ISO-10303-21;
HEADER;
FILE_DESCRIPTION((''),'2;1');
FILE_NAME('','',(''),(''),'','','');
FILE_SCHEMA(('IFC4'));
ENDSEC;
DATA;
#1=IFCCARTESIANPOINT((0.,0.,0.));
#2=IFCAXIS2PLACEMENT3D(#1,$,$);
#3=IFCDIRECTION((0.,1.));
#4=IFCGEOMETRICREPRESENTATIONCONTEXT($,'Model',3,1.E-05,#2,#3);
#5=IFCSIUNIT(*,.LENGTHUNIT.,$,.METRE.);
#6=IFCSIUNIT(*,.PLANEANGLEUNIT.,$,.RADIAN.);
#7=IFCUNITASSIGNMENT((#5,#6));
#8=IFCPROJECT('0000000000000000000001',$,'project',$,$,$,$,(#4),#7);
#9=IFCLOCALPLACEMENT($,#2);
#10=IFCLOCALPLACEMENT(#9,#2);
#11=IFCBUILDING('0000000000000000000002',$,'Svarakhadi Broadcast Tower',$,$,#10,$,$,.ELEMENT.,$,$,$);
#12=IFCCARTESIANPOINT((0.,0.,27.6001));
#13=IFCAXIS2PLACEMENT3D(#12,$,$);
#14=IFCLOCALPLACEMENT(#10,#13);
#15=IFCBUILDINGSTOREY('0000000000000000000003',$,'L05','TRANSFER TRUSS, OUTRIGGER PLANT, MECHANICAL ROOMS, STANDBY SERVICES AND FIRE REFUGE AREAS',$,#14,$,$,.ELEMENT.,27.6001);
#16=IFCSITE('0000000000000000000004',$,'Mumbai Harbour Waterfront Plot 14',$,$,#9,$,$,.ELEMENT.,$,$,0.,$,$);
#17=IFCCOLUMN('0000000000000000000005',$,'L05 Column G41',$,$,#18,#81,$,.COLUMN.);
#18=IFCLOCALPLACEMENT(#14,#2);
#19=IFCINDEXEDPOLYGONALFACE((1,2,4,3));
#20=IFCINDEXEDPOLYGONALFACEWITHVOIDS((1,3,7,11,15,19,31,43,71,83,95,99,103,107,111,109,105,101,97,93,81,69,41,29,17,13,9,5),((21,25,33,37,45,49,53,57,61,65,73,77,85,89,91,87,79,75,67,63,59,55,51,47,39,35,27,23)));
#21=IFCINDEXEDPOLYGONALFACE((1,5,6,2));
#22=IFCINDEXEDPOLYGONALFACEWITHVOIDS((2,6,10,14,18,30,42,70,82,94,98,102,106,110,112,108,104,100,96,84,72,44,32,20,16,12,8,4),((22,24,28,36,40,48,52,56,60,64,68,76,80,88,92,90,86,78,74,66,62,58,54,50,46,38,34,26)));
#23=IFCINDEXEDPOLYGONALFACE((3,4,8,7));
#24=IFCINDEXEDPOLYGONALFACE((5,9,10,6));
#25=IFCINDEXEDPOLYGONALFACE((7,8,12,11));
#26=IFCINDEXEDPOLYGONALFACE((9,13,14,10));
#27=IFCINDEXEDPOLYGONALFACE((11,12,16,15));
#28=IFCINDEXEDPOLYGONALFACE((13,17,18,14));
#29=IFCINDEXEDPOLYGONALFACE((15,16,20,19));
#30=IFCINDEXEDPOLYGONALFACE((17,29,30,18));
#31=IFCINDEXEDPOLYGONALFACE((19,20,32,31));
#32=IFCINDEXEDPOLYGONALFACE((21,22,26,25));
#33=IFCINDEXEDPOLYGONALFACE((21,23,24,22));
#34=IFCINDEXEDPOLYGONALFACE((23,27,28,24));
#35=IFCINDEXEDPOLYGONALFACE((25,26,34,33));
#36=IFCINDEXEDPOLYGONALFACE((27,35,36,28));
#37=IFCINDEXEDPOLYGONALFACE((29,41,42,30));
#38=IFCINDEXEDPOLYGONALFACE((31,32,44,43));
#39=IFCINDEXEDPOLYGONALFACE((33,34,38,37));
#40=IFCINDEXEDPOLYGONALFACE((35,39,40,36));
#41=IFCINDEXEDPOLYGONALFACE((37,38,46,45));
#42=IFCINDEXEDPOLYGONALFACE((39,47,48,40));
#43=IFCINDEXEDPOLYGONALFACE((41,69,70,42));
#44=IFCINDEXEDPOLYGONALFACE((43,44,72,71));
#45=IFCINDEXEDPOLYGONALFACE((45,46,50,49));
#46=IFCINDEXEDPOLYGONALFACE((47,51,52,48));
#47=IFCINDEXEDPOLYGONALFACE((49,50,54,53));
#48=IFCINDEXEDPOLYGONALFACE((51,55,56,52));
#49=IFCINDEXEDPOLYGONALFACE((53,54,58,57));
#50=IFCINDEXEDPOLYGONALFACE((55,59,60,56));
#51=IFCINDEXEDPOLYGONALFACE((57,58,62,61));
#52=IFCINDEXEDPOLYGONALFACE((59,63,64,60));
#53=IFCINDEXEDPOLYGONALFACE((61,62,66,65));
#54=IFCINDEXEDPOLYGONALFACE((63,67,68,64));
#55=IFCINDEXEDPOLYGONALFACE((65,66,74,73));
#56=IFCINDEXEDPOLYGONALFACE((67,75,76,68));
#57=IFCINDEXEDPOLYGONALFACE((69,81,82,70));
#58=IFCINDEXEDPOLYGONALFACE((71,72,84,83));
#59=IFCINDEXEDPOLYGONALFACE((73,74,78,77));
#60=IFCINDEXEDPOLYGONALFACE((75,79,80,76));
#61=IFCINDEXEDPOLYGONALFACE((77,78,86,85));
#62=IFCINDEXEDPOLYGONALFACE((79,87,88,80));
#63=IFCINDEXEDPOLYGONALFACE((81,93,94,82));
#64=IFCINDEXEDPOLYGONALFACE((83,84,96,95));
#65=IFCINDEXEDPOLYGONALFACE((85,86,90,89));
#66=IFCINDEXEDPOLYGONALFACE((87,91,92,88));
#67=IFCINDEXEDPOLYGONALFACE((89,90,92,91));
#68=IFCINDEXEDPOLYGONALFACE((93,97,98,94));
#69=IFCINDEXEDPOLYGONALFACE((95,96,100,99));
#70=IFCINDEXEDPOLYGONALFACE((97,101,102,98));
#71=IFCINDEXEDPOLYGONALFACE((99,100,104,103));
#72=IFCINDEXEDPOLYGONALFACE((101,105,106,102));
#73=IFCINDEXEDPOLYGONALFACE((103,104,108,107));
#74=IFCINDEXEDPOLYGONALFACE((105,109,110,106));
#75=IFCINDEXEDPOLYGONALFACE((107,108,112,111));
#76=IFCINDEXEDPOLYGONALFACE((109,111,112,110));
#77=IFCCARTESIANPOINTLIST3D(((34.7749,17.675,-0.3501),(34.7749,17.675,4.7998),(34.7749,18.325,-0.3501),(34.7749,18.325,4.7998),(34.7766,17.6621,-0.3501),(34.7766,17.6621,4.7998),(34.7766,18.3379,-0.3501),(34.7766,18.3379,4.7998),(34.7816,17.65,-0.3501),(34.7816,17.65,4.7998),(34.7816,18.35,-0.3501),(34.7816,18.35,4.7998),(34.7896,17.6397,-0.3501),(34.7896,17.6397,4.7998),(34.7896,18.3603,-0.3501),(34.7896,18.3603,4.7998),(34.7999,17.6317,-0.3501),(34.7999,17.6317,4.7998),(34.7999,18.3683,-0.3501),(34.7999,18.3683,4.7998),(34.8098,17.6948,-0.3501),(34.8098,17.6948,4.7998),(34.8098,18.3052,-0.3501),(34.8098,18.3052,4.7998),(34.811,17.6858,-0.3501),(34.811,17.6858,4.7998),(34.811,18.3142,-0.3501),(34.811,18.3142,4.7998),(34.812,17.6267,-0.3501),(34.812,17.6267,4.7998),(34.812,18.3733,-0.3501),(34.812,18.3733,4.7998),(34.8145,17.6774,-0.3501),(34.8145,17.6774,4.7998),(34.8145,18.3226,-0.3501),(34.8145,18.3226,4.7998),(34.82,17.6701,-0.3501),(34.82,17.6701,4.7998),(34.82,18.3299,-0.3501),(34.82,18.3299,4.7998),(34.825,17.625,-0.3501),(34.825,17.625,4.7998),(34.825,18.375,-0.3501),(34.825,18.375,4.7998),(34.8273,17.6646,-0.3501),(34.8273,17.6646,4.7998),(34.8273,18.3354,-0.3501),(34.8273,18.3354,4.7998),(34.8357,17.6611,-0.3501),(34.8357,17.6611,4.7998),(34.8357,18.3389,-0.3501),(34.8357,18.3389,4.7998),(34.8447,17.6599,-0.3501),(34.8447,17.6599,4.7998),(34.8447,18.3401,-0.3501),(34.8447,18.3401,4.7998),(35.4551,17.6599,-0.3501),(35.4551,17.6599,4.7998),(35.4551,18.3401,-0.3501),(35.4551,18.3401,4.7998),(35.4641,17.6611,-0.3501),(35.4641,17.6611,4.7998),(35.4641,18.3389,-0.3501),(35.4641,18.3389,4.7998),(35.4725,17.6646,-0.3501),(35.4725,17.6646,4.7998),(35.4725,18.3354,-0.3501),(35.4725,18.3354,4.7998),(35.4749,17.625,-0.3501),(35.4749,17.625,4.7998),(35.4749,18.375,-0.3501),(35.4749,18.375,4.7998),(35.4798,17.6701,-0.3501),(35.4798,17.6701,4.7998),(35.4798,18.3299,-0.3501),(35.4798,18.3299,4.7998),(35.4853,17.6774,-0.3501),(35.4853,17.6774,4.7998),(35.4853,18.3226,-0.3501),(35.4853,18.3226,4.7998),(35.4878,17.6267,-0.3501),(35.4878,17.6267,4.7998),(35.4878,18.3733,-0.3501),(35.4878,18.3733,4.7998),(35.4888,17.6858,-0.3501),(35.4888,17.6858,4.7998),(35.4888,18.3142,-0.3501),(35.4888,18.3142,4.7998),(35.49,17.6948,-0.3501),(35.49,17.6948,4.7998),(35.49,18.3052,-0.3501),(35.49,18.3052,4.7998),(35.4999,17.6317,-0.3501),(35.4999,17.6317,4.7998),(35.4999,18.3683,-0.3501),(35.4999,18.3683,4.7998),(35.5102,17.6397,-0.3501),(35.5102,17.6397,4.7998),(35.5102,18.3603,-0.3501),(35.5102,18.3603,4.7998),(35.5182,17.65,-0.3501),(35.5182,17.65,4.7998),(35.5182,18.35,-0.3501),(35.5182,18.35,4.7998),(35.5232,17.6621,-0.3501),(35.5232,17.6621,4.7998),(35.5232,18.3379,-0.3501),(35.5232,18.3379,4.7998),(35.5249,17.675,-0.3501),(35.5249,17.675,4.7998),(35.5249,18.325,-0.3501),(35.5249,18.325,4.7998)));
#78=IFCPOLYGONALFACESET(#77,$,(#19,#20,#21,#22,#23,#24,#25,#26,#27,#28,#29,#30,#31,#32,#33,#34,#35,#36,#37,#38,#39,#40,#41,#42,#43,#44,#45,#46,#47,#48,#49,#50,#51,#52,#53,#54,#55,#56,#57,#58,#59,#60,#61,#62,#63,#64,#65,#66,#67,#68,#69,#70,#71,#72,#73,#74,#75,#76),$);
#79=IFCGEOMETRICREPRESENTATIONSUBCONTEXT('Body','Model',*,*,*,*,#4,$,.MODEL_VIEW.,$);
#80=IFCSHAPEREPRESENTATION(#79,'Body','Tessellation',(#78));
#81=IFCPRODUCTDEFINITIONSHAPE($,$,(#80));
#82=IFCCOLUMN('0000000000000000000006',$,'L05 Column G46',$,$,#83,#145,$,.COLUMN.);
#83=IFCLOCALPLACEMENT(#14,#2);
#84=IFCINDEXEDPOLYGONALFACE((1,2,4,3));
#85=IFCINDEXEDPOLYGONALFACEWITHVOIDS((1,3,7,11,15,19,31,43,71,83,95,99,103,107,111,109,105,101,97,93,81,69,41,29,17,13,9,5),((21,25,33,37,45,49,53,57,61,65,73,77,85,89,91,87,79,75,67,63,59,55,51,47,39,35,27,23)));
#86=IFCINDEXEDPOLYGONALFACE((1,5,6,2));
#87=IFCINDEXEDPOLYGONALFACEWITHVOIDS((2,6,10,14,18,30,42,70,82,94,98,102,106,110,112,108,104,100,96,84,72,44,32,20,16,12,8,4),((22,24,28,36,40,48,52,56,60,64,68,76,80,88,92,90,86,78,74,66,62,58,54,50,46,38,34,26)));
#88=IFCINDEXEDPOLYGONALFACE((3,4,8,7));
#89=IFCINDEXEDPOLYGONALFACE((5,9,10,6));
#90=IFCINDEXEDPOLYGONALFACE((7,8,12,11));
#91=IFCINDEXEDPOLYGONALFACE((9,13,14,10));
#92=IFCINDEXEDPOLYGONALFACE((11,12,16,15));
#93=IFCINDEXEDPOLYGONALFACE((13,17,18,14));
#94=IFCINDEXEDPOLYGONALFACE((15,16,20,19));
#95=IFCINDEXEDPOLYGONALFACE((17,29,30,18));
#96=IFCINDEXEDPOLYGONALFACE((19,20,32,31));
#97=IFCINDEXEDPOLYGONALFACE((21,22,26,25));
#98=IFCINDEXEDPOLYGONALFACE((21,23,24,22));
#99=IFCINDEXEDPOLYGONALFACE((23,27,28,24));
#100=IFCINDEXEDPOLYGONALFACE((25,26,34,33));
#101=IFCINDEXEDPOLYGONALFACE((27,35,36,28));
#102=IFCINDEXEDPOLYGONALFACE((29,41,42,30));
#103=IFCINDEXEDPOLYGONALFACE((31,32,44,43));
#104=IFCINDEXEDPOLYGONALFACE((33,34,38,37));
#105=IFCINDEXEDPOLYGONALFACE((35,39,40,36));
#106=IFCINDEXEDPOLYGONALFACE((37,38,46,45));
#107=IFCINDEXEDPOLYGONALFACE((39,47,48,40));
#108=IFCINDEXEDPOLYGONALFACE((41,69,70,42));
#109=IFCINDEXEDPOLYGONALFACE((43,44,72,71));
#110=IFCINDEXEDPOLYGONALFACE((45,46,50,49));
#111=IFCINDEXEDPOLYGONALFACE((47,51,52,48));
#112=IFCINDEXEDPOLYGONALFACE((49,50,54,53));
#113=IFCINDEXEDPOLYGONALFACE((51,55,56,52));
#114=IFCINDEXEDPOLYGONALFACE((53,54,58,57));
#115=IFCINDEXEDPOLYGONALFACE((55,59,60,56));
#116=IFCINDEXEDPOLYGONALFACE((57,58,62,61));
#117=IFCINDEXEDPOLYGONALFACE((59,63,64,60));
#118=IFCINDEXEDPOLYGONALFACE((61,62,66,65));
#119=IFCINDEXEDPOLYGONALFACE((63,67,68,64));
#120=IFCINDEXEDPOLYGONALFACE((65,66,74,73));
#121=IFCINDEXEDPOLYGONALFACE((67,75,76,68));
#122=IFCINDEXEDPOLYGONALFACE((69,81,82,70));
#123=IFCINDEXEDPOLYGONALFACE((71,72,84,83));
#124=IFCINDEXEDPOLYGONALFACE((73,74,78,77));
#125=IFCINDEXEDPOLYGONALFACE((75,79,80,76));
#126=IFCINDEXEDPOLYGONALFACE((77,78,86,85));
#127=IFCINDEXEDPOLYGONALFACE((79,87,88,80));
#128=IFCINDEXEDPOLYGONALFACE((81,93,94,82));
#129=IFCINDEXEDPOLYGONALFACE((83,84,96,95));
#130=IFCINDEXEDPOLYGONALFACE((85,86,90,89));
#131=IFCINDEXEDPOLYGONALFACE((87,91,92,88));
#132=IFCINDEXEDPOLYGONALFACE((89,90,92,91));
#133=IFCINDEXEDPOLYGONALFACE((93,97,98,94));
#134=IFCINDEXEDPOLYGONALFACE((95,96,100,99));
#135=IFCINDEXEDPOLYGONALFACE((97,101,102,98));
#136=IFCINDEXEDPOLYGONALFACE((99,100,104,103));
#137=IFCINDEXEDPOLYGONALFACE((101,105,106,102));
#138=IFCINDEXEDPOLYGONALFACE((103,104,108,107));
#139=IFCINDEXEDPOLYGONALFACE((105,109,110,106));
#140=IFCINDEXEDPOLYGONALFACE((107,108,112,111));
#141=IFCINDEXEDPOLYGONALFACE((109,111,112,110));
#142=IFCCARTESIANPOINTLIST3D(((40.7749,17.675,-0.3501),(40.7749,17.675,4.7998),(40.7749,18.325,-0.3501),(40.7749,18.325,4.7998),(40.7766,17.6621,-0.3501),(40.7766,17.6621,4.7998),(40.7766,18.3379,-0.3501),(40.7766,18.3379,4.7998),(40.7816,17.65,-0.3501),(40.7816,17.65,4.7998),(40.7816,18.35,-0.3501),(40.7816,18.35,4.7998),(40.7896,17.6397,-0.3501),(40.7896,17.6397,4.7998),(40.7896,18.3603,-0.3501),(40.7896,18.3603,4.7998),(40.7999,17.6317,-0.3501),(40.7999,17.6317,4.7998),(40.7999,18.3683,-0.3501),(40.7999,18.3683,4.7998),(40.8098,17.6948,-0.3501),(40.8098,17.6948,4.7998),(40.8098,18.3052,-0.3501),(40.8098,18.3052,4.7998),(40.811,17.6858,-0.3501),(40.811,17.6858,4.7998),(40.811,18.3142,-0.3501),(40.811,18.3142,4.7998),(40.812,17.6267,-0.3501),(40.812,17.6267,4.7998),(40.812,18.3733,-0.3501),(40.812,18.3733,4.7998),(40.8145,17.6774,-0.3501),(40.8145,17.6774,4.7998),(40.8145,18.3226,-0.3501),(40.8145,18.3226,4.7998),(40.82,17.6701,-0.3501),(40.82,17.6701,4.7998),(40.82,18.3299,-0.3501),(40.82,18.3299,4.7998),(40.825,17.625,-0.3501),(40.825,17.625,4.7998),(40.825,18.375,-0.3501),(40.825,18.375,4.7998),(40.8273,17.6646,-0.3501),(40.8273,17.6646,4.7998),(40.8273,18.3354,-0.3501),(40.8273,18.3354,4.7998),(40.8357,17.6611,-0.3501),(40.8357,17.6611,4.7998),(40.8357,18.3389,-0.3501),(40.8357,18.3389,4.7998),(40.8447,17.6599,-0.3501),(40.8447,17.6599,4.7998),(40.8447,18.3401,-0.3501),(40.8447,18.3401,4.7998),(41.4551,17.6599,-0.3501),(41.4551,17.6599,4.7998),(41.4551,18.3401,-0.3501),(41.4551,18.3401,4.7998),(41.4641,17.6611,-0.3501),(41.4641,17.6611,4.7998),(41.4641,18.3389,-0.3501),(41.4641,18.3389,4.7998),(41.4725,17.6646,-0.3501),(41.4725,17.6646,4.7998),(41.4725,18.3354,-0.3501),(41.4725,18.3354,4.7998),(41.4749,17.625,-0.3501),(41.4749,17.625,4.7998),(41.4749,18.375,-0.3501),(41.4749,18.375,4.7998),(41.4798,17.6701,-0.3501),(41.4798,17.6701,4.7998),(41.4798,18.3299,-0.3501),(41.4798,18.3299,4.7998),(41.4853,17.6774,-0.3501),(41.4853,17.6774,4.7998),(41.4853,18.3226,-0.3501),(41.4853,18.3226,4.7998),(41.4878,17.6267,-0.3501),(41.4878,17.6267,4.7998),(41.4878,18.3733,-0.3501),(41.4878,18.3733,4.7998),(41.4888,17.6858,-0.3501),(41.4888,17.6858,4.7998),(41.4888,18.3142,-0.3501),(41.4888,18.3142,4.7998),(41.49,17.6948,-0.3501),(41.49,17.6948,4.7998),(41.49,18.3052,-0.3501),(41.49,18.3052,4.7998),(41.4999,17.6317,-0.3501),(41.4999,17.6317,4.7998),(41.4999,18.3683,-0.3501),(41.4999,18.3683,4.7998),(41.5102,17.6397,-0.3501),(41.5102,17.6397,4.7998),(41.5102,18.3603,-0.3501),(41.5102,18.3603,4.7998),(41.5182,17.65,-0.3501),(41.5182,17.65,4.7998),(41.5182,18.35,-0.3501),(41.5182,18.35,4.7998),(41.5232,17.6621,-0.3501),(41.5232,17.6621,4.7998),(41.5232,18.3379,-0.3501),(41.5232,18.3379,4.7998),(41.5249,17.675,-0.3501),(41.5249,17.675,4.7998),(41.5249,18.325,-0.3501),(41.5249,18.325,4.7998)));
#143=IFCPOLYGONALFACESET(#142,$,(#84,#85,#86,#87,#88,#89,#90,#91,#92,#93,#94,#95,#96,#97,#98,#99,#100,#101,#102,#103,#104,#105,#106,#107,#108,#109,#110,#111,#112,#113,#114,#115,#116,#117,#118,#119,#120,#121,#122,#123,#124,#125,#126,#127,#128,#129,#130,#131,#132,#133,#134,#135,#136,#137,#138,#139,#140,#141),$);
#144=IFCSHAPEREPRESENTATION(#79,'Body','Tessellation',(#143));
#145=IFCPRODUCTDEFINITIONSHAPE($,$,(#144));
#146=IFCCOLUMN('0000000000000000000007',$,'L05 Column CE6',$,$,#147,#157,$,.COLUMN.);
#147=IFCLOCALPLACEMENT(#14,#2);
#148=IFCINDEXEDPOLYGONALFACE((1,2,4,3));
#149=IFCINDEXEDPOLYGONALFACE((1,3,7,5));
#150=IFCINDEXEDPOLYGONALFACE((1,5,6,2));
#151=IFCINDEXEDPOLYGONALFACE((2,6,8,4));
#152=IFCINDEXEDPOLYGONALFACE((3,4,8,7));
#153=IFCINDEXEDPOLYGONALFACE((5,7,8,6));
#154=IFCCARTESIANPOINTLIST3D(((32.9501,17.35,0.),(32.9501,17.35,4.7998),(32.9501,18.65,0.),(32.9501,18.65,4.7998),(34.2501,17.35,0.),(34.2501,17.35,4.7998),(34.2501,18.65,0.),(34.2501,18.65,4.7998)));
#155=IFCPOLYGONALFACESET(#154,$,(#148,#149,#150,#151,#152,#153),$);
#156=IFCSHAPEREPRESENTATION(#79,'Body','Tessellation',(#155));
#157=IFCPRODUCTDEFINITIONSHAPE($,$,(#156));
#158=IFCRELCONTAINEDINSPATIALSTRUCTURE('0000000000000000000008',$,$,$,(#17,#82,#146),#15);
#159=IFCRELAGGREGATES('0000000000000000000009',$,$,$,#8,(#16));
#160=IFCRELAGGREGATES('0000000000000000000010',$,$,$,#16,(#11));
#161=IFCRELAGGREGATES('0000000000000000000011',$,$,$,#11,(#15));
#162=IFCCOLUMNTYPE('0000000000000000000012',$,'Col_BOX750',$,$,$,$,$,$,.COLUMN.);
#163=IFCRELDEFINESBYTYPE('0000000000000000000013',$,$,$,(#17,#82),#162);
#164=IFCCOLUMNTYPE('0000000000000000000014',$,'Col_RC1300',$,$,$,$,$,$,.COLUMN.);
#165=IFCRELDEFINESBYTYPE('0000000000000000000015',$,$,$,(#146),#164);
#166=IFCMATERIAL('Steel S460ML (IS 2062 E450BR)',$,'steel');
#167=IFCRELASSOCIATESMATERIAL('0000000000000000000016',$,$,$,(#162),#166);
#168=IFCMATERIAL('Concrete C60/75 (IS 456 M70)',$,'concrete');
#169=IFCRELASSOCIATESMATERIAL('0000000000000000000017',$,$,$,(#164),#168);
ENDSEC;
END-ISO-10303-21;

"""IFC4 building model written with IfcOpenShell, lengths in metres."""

from ifc_helpers import new_model, si_unit, direction, frame, origin, origin_2d, place, context, subcontext, project, spatial, rectangle, hollow_rectangle, extrude, material, material_profile, profile_set, type_object, element, save


model = new_model("IFC4")

# Units and contexts
model_context = context("Model", 3, precision=1e-05, world=origin(), true_north=direction((0.0, 1.0)))
body_context = subcontext(model_context, "Body", "Model", "MODEL_VIEW")
ifc_project = project(units=[si_unit("LENGTHUNIT", "METRE"), si_unit("PLANEANGLEUNIT", "RADIAN")], contexts=[model_context])

# Site, building, storey
site_placement = place(None, origin())
site = spatial("IfcSite", under=ifc_project, at=site_placement, Name="Mumbai Harbour Waterfront Plot 14", CompositionType="ELEMENT", RefElevation=0.0)
building_placement = place(site_placement, origin())
building = spatial("IfcBuilding", under=site, at=building_placement, Name="Svarakhadi Broadcast Tower", CompositionType="ELEMENT")
storey_placement = place(building_placement, frame((0.0, 0.0, 27.6001)))
storey = spatial("IfcBuildingStorey", under=building, at=storey_placement, Name="L05", Description="TRANSFER TRUSS, OUTRIGGER PLANT, MECHANICAL ROOMS, STANDBY SERVICES AND FIRE REFUGE AREAS", CompositionType="ELEMENT", Elevation=27.6001)

# Columns
ifc_material_1 = material(Name="Steel S460ML (IS 2062 E450BR)", Category="steel")
ifc_material_profile_1 = material_profile(ifc_material_1, hollow_rectangle(XDim=0.75, YDim=0.75, WallThickness=0.0349, InnerFilletRadius=0.0349, OuterFilletRadius=0.05, at=origin_2d()), Name="BOX 750x750x35")
ifc_profile_set_1 = profile_set([ifc_material_profile_1], Name="Steel S460ML (IS 2062 E450BR)")
column_type_1 = type_object("IfcColumnType", Name="Col_BOX750", PredefinedType="COLUMN", material=ifc_profile_set_1)
for number, where, z_axis, x_axis, name in (
    (1, (35.1499, 18.0, -0.3501), (0.0, 0.0, 1.0), (1.0, 0.0, 0.0), "L05 Column G41"),
    (2, (41.1499, 18.0, -0.3501), (0.0, 0.0, 1.0), (1.0, 0.0, 0.0), "L05 Column G46"),
):
    element("IfcColumn", number, at=place(storey_placement, frame(where, z_axis=z_axis, x_axis=x_axis)), inside=storey, type_object=column_type_1, Name=name, PredefinedType="COLUMN", context=body_context, shape_type="SweptSolid", body=[
        extrude(hollow_rectangle(XDim=0.75, YDim=0.75, WallThickness=0.0349, InnerFilletRadius=0.0349, OuterFilletRadius=0.05, at=origin_2d()), origin(), (0.0, 0.0, 1.0), 5.1499),
    ])
ifc_material_2 = material(Name="Concrete C60/75 (IS 456 M70)", Category="concrete")
ifc_material_profile_2 = material_profile(ifc_material_2, rectangle(XDim=1.3, YDim=1.3, at=origin_2d()), Name="RC 1300x1300")
ifc_profile_set_2 = profile_set([ifc_material_profile_2], Name="Concrete C60/75 (IS 456 M70)")
column_type_2 = type_object("IfcColumnType", Name="Col_RC1300", PredefinedType="COLUMN", material=ifc_profile_set_2)
column_placement = place(storey_placement, frame((33.6001, 18.0, 0.0), z_axis=(0.0, 0.0, 1.0), x_axis=(1.0, 0.0, 0.0)))
element("IfcColumn", 3, at=column_placement, inside=storey, type_object=column_type_2, Name="L05 Column CE6", PredefinedType="COLUMN", context=body_context, shape_type="SweptSolid", body=[
    extrude(rectangle(XDim=1.3, YDim=1.3, at=origin_2d()), origin(), (0.0, 0.0, 1.0), 4.7998),
])

save(model, "model.ifc")
